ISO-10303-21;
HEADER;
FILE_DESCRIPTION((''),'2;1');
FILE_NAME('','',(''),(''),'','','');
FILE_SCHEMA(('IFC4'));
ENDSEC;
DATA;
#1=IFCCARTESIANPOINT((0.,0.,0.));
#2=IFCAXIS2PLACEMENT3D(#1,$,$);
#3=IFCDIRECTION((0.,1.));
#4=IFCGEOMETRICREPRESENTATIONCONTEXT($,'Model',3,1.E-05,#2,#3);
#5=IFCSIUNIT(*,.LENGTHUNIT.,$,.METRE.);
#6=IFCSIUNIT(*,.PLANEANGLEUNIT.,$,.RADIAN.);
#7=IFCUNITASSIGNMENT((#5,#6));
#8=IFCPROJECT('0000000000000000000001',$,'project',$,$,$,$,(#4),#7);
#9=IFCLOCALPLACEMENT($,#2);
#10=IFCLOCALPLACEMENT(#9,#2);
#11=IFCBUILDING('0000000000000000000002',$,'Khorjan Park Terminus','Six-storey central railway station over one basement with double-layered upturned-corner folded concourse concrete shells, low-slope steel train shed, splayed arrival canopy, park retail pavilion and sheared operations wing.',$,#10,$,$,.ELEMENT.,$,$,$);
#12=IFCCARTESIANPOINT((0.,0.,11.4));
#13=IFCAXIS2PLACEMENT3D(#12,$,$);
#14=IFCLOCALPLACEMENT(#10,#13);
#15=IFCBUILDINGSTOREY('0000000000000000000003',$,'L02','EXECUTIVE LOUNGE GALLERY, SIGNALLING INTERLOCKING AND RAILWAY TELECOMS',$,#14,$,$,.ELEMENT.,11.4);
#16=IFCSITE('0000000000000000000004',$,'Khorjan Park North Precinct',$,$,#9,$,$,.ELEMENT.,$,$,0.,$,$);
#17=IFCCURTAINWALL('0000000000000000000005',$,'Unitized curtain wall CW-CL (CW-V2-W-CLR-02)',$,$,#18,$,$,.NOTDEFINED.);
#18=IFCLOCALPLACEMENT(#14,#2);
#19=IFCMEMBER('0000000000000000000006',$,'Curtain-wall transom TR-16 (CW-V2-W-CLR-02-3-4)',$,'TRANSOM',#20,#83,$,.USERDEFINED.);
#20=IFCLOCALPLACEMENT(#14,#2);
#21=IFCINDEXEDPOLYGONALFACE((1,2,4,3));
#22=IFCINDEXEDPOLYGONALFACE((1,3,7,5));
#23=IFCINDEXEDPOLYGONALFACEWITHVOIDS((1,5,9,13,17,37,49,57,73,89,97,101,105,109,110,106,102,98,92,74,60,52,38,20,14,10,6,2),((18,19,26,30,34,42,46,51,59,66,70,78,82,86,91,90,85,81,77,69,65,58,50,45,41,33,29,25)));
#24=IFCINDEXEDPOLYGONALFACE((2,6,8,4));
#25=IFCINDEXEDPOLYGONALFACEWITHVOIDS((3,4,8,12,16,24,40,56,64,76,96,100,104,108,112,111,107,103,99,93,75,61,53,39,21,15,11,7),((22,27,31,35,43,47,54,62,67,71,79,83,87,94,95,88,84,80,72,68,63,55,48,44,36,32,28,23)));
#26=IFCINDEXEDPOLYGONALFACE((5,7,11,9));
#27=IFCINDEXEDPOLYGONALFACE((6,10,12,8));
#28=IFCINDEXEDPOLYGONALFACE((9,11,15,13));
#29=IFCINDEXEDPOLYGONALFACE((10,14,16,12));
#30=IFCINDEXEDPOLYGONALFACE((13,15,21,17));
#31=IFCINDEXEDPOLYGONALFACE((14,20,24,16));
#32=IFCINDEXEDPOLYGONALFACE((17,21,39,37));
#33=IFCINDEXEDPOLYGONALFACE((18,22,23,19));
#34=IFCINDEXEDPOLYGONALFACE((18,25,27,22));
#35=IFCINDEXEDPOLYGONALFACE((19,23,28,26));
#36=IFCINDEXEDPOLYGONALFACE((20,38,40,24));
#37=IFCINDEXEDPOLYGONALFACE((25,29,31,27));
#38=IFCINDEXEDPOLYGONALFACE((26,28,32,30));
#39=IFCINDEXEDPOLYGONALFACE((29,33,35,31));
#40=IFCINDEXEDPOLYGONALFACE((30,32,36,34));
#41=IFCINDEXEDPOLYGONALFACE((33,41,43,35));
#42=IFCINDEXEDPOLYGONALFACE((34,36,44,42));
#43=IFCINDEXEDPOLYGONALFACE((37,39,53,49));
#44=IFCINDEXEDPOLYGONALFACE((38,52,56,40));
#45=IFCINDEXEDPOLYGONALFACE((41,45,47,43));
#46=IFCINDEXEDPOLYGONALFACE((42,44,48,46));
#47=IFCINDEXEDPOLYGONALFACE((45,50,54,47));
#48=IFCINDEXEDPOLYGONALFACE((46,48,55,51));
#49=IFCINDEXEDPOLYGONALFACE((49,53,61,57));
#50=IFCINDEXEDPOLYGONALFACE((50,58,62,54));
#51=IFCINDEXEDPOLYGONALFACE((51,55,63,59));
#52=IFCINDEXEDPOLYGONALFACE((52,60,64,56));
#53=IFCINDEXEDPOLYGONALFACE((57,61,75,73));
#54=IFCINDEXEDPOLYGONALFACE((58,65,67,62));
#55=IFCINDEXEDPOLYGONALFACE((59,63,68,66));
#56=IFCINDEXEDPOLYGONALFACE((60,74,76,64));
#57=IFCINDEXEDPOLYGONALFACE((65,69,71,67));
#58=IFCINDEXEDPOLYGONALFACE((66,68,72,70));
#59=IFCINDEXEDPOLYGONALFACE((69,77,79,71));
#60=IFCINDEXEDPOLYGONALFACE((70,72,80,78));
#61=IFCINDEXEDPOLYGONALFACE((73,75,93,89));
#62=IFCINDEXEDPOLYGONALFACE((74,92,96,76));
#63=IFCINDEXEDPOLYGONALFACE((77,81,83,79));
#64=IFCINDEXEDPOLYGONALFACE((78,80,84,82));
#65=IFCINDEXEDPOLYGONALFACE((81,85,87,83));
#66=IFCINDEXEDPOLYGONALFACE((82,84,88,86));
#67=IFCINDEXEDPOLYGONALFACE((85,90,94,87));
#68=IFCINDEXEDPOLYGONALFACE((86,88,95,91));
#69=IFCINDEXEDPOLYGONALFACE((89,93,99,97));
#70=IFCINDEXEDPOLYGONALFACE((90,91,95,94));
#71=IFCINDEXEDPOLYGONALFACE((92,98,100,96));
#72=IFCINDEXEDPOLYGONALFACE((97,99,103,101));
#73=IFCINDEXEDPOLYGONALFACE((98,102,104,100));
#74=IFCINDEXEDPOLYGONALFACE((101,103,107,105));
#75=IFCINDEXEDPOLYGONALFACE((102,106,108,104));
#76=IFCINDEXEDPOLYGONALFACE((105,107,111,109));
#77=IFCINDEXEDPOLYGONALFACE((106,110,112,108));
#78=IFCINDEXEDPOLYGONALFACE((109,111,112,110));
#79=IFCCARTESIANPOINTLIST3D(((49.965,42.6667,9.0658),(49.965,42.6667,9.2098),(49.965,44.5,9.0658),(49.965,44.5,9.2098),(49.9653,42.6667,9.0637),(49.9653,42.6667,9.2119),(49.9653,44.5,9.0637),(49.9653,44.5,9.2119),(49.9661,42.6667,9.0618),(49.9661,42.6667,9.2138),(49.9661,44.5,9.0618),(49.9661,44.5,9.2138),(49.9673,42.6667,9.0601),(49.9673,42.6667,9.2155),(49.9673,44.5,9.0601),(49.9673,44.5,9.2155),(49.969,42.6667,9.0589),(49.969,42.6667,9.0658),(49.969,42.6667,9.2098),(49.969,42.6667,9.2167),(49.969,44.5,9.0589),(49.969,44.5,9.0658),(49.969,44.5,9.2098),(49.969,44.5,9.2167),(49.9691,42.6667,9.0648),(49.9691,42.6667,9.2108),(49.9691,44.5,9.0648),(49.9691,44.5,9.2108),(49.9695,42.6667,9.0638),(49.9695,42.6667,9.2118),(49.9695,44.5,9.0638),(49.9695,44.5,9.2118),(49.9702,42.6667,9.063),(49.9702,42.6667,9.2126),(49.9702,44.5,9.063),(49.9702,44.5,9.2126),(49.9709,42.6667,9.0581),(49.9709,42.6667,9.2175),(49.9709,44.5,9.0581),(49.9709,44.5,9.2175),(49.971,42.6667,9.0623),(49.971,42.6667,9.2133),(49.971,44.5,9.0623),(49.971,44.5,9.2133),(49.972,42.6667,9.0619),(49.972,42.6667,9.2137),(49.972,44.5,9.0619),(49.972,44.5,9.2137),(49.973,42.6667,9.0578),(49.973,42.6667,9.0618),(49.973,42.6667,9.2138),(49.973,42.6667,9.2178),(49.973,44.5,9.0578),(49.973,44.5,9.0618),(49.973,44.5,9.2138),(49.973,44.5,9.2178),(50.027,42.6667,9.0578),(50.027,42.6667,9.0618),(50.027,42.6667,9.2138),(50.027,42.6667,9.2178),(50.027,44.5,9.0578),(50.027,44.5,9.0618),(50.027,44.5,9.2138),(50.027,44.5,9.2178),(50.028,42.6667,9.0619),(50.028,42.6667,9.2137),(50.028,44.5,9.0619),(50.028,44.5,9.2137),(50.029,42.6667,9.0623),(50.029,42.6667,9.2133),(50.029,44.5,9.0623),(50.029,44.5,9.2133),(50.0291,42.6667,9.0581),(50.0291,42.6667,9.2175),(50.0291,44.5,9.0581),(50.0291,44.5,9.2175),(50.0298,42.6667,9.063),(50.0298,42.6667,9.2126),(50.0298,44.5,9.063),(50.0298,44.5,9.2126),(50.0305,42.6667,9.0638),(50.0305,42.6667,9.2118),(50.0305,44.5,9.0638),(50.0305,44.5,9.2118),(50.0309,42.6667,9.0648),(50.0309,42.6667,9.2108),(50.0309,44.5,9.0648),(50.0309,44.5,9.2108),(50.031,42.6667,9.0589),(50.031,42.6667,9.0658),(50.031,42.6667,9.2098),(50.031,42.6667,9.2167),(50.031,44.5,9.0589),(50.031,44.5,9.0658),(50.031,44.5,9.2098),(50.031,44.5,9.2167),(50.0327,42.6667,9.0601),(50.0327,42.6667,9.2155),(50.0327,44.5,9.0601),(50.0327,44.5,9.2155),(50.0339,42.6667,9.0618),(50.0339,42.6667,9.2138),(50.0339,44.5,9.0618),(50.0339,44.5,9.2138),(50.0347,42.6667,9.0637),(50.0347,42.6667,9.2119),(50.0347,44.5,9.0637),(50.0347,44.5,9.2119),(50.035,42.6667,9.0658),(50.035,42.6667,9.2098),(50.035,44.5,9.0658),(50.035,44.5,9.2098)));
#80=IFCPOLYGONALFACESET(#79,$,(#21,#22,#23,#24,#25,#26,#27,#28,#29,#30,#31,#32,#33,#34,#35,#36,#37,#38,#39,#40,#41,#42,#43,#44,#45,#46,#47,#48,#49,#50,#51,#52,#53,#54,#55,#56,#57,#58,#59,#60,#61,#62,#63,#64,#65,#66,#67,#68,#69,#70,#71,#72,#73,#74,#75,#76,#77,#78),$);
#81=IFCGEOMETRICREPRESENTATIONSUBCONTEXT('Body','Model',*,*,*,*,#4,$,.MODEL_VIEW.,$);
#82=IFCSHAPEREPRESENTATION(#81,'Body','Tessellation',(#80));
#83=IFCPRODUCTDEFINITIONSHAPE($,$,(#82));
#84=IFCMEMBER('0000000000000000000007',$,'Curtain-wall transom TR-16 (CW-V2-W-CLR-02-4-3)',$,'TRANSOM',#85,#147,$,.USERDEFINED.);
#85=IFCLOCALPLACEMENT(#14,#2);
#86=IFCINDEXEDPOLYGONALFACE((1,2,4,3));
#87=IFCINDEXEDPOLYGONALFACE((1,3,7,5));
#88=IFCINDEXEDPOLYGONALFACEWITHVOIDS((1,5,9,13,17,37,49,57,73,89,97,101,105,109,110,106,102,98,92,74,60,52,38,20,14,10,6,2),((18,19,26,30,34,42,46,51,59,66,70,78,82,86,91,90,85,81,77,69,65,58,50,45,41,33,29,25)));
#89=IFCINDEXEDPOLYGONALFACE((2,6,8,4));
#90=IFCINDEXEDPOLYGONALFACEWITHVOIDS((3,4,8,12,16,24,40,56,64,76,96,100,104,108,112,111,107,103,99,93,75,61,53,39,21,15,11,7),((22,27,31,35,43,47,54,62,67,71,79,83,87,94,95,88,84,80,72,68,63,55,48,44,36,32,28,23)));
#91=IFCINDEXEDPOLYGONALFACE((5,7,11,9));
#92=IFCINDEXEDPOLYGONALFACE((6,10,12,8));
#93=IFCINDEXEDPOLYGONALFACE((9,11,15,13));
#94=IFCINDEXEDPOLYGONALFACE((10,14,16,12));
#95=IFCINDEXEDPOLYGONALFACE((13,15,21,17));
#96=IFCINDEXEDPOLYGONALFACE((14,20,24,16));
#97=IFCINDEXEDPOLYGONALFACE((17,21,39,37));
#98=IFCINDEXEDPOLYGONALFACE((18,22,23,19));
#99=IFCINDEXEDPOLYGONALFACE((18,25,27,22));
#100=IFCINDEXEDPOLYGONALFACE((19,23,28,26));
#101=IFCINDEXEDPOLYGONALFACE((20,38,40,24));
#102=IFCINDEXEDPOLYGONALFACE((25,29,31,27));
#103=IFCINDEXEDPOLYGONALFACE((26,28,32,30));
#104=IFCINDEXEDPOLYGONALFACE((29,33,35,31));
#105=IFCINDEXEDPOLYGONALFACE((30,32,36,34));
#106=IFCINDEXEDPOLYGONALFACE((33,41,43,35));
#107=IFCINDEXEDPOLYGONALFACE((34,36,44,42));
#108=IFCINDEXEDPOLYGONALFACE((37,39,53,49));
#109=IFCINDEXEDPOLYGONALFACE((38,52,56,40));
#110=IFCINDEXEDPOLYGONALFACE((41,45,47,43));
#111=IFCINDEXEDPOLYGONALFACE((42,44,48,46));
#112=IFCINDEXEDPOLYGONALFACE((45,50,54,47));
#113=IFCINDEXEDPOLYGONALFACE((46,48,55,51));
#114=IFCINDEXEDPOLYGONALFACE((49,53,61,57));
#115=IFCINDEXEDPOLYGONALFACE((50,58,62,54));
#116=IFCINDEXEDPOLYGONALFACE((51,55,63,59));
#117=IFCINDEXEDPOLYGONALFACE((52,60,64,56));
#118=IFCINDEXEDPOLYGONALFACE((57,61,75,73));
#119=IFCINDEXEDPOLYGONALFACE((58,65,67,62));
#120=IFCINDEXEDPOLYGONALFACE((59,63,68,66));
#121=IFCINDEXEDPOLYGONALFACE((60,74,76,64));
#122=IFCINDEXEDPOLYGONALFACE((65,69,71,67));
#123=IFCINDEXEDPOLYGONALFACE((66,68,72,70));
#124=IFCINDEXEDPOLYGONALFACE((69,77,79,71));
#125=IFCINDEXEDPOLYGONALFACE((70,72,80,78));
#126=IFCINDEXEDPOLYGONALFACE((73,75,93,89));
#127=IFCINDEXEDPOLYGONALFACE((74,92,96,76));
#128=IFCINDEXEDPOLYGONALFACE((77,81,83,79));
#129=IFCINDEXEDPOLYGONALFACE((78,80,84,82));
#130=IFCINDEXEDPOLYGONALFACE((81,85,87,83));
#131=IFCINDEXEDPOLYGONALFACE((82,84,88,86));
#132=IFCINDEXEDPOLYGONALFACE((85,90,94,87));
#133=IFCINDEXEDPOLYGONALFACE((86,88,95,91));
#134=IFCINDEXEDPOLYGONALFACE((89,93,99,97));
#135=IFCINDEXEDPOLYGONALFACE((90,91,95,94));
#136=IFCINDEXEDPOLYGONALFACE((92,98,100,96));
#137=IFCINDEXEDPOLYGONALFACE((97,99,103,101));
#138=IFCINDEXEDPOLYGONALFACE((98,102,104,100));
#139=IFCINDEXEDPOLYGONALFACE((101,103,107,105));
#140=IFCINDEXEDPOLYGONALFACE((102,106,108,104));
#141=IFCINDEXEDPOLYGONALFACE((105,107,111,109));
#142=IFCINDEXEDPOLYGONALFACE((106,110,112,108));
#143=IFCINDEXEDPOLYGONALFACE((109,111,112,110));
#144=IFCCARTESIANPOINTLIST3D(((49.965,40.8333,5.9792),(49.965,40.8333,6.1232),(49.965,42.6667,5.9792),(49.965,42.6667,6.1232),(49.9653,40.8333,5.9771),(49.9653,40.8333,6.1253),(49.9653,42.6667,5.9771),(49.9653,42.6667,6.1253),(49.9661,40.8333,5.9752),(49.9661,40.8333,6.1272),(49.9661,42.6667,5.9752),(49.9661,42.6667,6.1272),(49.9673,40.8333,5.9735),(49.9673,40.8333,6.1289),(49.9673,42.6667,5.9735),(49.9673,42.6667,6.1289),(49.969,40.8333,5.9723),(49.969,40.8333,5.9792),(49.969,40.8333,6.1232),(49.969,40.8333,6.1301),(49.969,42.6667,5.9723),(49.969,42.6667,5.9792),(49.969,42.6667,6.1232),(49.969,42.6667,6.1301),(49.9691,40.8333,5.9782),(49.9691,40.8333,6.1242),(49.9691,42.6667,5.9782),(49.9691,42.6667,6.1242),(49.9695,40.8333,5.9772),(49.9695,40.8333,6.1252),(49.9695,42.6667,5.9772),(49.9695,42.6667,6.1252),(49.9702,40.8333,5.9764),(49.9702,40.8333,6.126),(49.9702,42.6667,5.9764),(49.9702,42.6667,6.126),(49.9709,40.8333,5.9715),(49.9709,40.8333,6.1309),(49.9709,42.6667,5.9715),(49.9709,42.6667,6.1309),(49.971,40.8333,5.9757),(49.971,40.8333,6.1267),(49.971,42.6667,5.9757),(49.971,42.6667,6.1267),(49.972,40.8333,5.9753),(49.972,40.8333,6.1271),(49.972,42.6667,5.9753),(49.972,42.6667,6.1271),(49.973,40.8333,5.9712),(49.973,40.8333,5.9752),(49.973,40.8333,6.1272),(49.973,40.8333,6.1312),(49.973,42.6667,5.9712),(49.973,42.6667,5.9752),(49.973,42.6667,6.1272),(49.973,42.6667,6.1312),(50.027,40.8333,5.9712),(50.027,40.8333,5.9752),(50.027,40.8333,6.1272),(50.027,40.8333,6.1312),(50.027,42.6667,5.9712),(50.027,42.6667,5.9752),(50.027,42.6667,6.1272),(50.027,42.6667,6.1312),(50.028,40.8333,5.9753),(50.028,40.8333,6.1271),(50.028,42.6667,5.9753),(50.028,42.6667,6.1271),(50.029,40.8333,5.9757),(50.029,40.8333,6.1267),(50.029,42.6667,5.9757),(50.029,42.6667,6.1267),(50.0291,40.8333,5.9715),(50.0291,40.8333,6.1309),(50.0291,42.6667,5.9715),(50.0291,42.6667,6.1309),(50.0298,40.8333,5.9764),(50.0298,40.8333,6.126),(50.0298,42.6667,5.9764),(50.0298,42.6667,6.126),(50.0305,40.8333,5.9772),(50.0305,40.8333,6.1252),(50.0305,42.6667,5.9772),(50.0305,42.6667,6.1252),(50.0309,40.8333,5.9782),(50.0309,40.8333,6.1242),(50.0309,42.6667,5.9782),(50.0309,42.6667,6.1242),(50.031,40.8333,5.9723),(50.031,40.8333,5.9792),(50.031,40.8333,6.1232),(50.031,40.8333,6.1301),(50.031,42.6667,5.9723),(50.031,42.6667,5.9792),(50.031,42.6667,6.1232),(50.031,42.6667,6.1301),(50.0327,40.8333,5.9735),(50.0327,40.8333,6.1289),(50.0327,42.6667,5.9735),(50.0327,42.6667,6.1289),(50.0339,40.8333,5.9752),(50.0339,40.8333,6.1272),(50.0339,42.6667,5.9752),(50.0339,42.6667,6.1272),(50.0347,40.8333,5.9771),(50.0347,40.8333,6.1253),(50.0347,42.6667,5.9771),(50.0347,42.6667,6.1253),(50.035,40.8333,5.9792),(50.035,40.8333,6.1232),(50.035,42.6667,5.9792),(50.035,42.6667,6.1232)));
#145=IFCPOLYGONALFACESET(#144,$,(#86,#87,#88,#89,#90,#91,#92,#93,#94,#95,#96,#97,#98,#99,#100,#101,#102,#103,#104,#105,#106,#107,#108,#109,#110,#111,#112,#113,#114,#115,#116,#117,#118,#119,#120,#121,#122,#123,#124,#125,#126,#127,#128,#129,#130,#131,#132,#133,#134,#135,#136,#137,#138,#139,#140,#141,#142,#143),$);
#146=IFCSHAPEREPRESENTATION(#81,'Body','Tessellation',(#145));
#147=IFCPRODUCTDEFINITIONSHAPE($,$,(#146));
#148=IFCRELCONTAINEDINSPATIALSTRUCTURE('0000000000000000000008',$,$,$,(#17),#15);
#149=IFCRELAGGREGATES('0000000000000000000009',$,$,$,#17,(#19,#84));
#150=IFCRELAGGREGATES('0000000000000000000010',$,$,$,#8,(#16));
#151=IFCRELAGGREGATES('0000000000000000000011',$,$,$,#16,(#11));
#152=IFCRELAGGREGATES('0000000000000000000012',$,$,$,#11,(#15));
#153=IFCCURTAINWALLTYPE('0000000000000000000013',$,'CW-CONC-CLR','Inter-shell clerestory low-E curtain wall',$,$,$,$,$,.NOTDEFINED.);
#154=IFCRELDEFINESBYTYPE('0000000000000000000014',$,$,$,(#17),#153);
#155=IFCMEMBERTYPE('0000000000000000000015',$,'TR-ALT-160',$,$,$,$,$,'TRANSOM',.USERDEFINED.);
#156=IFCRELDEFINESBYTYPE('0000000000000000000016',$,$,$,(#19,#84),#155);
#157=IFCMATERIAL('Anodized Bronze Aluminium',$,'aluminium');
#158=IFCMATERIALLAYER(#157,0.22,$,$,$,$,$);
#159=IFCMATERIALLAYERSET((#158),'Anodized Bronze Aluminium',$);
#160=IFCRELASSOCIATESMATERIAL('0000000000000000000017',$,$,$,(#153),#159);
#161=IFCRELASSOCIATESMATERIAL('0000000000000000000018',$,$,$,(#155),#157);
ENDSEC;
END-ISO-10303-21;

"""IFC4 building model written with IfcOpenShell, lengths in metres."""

from ifc_helpers import new_model, si_unit, direction, frame, origin, origin_2d, place, context, subcontext, project, spatial, hollow_rectangle, extrude, material, layer, layer_set, material_profile, profile_set, type_object, element, aggregate, save


model = new_model("IFC4")

# Units and contexts
model_context = context("Model", 3, precision=1e-05, world=origin(), true_north=direction((0.0, 1.0)))
body_context = subcontext(model_context, "Body", "Model", "MODEL_VIEW")
ifc_project = project(units=[si_unit("LENGTHUNIT", "METRE"), si_unit("PLANEANGLEUNIT", "RADIAN")], contexts=[model_context])

# Site, building, storey
site_placement = place(None, origin())
site = spatial("IfcSite", under=ifc_project, at=site_placement, Name="Khorjan Park North Precinct", CompositionType="ELEMENT", RefElevation=0.0)
building_placement = place(site_placement, origin())
building = spatial("IfcBuilding", under=site, at=building_placement, Name="Khorjan Park Terminus", Description="Six-storey central railway station over one basement with double-layered upturned-corner folded concourse concrete shells, low-slope steel train shed, splayed arrival canopy, park retail pavilion and sheared operations wing.", CompositionType="ELEMENT")
storey_placement = place(building_placement, frame((0.0, 0.0, 11.4)))
storey = spatial("IfcBuildingStorey", under=building, at=storey_placement, Name="L02", Description="EXECUTIVE LOUNGE GALLERY, SIGNALLING INTERLOCKING AND RAILWAY TELECOMS", CompositionType="ELEMENT", Elevation=11.4)

# Curtain wall, members
ifc_material_1 = material(Name="Anodized Bronze Aluminium", Category="aluminium")
ifc_layer_1 = layer(ifc_material_1, 0.22)
ifc_layer_set_1 = layer_set([ifc_layer_1], Name="Anodized Bronze Aluminium")
curtain_wall_type = type_object("IfcCurtainWallType", Name="CW-CONC-CLR", Description="Inter-shell clerestory low-E curtain wall", PredefinedType="NOTDEFINED", material=ifc_layer_set_1)
ifc_material_profile_1 = material_profile(ifc_material_1, hollow_rectangle(XDim=0.07, YDim=0.16, WallThickness=0.004, InnerFilletRadius=0.004, OuterFilletRadius=0.008, at=origin_2d()), Name="ALT 70x160x4")
ifc_profile_set_1 = profile_set([ifc_material_profile_1], Name="Anodized Bronze Aluminium")
member_type_1 = type_object("IfcMemberType", Name="TR-ALT-160", ElementType="TRANSOM", PredefinedType="USERDEFINED", material=ifc_profile_set_1)
curtain_wall_1_placement = place(storey_placement, origin())
curtain_wall_1 = element("IfcCurtainWall", 1, at=curtain_wall_1_placement, inside=storey, type_object=curtain_wall_type, Name="Unitized curtain wall CW-CL (CW-V2-W-CLR-02)", PredefinedType="NOTDEFINED")
member_1_placement = place(storey_placement, frame((50.0, 44.5, 9.1378), z_axis=(0.0, -1.0, 0.0), x_axis=(1.0, 0.0, 0.0)))
member_1 = element("IfcMember", 2, at=member_1_placement, type_object=member_type_1, Name="Curtain-wall transom TR-16 (CW-V2-W-CLR-02-3-4)", ObjectType="TRANSOM", PredefinedType="USERDEFINED", context=body_context, shape_type="SweptSolid", body=[
    extrude(hollow_rectangle(XDim=0.07, YDim=0.16, WallThickness=0.004, InnerFilletRadius=0.004, OuterFilletRadius=0.008, at=origin_2d()), origin(), (0.0, 0.0, 1.0), 1.8333),
])
member_2_placement = place(storey_placement, frame((50.0, 42.6667, 6.0512), z_axis=(0.0, -1.0, 0.0), x_axis=(1.0, 0.0, 0.0)))
member_2 = element("IfcMember", 3, at=member_2_placement, type_object=member_type_1, Name="Curtain-wall transom TR-16 (CW-V2-W-CLR-02-4-3)", ObjectType="TRANSOM", PredefinedType="USERDEFINED", context=body_context, shape_type="SweptSolid", body=[
    extrude(hollow_rectangle(XDim=0.07, YDim=0.16, WallThickness=0.004, InnerFilletRadius=0.004, OuterFilletRadius=0.008, at=origin_2d()), origin(), (0.0, 0.0, 1.0), 1.8334),
])

aggregate(curtain_wall_1, [member_1, member_2])

save(model, "model.ifc")
